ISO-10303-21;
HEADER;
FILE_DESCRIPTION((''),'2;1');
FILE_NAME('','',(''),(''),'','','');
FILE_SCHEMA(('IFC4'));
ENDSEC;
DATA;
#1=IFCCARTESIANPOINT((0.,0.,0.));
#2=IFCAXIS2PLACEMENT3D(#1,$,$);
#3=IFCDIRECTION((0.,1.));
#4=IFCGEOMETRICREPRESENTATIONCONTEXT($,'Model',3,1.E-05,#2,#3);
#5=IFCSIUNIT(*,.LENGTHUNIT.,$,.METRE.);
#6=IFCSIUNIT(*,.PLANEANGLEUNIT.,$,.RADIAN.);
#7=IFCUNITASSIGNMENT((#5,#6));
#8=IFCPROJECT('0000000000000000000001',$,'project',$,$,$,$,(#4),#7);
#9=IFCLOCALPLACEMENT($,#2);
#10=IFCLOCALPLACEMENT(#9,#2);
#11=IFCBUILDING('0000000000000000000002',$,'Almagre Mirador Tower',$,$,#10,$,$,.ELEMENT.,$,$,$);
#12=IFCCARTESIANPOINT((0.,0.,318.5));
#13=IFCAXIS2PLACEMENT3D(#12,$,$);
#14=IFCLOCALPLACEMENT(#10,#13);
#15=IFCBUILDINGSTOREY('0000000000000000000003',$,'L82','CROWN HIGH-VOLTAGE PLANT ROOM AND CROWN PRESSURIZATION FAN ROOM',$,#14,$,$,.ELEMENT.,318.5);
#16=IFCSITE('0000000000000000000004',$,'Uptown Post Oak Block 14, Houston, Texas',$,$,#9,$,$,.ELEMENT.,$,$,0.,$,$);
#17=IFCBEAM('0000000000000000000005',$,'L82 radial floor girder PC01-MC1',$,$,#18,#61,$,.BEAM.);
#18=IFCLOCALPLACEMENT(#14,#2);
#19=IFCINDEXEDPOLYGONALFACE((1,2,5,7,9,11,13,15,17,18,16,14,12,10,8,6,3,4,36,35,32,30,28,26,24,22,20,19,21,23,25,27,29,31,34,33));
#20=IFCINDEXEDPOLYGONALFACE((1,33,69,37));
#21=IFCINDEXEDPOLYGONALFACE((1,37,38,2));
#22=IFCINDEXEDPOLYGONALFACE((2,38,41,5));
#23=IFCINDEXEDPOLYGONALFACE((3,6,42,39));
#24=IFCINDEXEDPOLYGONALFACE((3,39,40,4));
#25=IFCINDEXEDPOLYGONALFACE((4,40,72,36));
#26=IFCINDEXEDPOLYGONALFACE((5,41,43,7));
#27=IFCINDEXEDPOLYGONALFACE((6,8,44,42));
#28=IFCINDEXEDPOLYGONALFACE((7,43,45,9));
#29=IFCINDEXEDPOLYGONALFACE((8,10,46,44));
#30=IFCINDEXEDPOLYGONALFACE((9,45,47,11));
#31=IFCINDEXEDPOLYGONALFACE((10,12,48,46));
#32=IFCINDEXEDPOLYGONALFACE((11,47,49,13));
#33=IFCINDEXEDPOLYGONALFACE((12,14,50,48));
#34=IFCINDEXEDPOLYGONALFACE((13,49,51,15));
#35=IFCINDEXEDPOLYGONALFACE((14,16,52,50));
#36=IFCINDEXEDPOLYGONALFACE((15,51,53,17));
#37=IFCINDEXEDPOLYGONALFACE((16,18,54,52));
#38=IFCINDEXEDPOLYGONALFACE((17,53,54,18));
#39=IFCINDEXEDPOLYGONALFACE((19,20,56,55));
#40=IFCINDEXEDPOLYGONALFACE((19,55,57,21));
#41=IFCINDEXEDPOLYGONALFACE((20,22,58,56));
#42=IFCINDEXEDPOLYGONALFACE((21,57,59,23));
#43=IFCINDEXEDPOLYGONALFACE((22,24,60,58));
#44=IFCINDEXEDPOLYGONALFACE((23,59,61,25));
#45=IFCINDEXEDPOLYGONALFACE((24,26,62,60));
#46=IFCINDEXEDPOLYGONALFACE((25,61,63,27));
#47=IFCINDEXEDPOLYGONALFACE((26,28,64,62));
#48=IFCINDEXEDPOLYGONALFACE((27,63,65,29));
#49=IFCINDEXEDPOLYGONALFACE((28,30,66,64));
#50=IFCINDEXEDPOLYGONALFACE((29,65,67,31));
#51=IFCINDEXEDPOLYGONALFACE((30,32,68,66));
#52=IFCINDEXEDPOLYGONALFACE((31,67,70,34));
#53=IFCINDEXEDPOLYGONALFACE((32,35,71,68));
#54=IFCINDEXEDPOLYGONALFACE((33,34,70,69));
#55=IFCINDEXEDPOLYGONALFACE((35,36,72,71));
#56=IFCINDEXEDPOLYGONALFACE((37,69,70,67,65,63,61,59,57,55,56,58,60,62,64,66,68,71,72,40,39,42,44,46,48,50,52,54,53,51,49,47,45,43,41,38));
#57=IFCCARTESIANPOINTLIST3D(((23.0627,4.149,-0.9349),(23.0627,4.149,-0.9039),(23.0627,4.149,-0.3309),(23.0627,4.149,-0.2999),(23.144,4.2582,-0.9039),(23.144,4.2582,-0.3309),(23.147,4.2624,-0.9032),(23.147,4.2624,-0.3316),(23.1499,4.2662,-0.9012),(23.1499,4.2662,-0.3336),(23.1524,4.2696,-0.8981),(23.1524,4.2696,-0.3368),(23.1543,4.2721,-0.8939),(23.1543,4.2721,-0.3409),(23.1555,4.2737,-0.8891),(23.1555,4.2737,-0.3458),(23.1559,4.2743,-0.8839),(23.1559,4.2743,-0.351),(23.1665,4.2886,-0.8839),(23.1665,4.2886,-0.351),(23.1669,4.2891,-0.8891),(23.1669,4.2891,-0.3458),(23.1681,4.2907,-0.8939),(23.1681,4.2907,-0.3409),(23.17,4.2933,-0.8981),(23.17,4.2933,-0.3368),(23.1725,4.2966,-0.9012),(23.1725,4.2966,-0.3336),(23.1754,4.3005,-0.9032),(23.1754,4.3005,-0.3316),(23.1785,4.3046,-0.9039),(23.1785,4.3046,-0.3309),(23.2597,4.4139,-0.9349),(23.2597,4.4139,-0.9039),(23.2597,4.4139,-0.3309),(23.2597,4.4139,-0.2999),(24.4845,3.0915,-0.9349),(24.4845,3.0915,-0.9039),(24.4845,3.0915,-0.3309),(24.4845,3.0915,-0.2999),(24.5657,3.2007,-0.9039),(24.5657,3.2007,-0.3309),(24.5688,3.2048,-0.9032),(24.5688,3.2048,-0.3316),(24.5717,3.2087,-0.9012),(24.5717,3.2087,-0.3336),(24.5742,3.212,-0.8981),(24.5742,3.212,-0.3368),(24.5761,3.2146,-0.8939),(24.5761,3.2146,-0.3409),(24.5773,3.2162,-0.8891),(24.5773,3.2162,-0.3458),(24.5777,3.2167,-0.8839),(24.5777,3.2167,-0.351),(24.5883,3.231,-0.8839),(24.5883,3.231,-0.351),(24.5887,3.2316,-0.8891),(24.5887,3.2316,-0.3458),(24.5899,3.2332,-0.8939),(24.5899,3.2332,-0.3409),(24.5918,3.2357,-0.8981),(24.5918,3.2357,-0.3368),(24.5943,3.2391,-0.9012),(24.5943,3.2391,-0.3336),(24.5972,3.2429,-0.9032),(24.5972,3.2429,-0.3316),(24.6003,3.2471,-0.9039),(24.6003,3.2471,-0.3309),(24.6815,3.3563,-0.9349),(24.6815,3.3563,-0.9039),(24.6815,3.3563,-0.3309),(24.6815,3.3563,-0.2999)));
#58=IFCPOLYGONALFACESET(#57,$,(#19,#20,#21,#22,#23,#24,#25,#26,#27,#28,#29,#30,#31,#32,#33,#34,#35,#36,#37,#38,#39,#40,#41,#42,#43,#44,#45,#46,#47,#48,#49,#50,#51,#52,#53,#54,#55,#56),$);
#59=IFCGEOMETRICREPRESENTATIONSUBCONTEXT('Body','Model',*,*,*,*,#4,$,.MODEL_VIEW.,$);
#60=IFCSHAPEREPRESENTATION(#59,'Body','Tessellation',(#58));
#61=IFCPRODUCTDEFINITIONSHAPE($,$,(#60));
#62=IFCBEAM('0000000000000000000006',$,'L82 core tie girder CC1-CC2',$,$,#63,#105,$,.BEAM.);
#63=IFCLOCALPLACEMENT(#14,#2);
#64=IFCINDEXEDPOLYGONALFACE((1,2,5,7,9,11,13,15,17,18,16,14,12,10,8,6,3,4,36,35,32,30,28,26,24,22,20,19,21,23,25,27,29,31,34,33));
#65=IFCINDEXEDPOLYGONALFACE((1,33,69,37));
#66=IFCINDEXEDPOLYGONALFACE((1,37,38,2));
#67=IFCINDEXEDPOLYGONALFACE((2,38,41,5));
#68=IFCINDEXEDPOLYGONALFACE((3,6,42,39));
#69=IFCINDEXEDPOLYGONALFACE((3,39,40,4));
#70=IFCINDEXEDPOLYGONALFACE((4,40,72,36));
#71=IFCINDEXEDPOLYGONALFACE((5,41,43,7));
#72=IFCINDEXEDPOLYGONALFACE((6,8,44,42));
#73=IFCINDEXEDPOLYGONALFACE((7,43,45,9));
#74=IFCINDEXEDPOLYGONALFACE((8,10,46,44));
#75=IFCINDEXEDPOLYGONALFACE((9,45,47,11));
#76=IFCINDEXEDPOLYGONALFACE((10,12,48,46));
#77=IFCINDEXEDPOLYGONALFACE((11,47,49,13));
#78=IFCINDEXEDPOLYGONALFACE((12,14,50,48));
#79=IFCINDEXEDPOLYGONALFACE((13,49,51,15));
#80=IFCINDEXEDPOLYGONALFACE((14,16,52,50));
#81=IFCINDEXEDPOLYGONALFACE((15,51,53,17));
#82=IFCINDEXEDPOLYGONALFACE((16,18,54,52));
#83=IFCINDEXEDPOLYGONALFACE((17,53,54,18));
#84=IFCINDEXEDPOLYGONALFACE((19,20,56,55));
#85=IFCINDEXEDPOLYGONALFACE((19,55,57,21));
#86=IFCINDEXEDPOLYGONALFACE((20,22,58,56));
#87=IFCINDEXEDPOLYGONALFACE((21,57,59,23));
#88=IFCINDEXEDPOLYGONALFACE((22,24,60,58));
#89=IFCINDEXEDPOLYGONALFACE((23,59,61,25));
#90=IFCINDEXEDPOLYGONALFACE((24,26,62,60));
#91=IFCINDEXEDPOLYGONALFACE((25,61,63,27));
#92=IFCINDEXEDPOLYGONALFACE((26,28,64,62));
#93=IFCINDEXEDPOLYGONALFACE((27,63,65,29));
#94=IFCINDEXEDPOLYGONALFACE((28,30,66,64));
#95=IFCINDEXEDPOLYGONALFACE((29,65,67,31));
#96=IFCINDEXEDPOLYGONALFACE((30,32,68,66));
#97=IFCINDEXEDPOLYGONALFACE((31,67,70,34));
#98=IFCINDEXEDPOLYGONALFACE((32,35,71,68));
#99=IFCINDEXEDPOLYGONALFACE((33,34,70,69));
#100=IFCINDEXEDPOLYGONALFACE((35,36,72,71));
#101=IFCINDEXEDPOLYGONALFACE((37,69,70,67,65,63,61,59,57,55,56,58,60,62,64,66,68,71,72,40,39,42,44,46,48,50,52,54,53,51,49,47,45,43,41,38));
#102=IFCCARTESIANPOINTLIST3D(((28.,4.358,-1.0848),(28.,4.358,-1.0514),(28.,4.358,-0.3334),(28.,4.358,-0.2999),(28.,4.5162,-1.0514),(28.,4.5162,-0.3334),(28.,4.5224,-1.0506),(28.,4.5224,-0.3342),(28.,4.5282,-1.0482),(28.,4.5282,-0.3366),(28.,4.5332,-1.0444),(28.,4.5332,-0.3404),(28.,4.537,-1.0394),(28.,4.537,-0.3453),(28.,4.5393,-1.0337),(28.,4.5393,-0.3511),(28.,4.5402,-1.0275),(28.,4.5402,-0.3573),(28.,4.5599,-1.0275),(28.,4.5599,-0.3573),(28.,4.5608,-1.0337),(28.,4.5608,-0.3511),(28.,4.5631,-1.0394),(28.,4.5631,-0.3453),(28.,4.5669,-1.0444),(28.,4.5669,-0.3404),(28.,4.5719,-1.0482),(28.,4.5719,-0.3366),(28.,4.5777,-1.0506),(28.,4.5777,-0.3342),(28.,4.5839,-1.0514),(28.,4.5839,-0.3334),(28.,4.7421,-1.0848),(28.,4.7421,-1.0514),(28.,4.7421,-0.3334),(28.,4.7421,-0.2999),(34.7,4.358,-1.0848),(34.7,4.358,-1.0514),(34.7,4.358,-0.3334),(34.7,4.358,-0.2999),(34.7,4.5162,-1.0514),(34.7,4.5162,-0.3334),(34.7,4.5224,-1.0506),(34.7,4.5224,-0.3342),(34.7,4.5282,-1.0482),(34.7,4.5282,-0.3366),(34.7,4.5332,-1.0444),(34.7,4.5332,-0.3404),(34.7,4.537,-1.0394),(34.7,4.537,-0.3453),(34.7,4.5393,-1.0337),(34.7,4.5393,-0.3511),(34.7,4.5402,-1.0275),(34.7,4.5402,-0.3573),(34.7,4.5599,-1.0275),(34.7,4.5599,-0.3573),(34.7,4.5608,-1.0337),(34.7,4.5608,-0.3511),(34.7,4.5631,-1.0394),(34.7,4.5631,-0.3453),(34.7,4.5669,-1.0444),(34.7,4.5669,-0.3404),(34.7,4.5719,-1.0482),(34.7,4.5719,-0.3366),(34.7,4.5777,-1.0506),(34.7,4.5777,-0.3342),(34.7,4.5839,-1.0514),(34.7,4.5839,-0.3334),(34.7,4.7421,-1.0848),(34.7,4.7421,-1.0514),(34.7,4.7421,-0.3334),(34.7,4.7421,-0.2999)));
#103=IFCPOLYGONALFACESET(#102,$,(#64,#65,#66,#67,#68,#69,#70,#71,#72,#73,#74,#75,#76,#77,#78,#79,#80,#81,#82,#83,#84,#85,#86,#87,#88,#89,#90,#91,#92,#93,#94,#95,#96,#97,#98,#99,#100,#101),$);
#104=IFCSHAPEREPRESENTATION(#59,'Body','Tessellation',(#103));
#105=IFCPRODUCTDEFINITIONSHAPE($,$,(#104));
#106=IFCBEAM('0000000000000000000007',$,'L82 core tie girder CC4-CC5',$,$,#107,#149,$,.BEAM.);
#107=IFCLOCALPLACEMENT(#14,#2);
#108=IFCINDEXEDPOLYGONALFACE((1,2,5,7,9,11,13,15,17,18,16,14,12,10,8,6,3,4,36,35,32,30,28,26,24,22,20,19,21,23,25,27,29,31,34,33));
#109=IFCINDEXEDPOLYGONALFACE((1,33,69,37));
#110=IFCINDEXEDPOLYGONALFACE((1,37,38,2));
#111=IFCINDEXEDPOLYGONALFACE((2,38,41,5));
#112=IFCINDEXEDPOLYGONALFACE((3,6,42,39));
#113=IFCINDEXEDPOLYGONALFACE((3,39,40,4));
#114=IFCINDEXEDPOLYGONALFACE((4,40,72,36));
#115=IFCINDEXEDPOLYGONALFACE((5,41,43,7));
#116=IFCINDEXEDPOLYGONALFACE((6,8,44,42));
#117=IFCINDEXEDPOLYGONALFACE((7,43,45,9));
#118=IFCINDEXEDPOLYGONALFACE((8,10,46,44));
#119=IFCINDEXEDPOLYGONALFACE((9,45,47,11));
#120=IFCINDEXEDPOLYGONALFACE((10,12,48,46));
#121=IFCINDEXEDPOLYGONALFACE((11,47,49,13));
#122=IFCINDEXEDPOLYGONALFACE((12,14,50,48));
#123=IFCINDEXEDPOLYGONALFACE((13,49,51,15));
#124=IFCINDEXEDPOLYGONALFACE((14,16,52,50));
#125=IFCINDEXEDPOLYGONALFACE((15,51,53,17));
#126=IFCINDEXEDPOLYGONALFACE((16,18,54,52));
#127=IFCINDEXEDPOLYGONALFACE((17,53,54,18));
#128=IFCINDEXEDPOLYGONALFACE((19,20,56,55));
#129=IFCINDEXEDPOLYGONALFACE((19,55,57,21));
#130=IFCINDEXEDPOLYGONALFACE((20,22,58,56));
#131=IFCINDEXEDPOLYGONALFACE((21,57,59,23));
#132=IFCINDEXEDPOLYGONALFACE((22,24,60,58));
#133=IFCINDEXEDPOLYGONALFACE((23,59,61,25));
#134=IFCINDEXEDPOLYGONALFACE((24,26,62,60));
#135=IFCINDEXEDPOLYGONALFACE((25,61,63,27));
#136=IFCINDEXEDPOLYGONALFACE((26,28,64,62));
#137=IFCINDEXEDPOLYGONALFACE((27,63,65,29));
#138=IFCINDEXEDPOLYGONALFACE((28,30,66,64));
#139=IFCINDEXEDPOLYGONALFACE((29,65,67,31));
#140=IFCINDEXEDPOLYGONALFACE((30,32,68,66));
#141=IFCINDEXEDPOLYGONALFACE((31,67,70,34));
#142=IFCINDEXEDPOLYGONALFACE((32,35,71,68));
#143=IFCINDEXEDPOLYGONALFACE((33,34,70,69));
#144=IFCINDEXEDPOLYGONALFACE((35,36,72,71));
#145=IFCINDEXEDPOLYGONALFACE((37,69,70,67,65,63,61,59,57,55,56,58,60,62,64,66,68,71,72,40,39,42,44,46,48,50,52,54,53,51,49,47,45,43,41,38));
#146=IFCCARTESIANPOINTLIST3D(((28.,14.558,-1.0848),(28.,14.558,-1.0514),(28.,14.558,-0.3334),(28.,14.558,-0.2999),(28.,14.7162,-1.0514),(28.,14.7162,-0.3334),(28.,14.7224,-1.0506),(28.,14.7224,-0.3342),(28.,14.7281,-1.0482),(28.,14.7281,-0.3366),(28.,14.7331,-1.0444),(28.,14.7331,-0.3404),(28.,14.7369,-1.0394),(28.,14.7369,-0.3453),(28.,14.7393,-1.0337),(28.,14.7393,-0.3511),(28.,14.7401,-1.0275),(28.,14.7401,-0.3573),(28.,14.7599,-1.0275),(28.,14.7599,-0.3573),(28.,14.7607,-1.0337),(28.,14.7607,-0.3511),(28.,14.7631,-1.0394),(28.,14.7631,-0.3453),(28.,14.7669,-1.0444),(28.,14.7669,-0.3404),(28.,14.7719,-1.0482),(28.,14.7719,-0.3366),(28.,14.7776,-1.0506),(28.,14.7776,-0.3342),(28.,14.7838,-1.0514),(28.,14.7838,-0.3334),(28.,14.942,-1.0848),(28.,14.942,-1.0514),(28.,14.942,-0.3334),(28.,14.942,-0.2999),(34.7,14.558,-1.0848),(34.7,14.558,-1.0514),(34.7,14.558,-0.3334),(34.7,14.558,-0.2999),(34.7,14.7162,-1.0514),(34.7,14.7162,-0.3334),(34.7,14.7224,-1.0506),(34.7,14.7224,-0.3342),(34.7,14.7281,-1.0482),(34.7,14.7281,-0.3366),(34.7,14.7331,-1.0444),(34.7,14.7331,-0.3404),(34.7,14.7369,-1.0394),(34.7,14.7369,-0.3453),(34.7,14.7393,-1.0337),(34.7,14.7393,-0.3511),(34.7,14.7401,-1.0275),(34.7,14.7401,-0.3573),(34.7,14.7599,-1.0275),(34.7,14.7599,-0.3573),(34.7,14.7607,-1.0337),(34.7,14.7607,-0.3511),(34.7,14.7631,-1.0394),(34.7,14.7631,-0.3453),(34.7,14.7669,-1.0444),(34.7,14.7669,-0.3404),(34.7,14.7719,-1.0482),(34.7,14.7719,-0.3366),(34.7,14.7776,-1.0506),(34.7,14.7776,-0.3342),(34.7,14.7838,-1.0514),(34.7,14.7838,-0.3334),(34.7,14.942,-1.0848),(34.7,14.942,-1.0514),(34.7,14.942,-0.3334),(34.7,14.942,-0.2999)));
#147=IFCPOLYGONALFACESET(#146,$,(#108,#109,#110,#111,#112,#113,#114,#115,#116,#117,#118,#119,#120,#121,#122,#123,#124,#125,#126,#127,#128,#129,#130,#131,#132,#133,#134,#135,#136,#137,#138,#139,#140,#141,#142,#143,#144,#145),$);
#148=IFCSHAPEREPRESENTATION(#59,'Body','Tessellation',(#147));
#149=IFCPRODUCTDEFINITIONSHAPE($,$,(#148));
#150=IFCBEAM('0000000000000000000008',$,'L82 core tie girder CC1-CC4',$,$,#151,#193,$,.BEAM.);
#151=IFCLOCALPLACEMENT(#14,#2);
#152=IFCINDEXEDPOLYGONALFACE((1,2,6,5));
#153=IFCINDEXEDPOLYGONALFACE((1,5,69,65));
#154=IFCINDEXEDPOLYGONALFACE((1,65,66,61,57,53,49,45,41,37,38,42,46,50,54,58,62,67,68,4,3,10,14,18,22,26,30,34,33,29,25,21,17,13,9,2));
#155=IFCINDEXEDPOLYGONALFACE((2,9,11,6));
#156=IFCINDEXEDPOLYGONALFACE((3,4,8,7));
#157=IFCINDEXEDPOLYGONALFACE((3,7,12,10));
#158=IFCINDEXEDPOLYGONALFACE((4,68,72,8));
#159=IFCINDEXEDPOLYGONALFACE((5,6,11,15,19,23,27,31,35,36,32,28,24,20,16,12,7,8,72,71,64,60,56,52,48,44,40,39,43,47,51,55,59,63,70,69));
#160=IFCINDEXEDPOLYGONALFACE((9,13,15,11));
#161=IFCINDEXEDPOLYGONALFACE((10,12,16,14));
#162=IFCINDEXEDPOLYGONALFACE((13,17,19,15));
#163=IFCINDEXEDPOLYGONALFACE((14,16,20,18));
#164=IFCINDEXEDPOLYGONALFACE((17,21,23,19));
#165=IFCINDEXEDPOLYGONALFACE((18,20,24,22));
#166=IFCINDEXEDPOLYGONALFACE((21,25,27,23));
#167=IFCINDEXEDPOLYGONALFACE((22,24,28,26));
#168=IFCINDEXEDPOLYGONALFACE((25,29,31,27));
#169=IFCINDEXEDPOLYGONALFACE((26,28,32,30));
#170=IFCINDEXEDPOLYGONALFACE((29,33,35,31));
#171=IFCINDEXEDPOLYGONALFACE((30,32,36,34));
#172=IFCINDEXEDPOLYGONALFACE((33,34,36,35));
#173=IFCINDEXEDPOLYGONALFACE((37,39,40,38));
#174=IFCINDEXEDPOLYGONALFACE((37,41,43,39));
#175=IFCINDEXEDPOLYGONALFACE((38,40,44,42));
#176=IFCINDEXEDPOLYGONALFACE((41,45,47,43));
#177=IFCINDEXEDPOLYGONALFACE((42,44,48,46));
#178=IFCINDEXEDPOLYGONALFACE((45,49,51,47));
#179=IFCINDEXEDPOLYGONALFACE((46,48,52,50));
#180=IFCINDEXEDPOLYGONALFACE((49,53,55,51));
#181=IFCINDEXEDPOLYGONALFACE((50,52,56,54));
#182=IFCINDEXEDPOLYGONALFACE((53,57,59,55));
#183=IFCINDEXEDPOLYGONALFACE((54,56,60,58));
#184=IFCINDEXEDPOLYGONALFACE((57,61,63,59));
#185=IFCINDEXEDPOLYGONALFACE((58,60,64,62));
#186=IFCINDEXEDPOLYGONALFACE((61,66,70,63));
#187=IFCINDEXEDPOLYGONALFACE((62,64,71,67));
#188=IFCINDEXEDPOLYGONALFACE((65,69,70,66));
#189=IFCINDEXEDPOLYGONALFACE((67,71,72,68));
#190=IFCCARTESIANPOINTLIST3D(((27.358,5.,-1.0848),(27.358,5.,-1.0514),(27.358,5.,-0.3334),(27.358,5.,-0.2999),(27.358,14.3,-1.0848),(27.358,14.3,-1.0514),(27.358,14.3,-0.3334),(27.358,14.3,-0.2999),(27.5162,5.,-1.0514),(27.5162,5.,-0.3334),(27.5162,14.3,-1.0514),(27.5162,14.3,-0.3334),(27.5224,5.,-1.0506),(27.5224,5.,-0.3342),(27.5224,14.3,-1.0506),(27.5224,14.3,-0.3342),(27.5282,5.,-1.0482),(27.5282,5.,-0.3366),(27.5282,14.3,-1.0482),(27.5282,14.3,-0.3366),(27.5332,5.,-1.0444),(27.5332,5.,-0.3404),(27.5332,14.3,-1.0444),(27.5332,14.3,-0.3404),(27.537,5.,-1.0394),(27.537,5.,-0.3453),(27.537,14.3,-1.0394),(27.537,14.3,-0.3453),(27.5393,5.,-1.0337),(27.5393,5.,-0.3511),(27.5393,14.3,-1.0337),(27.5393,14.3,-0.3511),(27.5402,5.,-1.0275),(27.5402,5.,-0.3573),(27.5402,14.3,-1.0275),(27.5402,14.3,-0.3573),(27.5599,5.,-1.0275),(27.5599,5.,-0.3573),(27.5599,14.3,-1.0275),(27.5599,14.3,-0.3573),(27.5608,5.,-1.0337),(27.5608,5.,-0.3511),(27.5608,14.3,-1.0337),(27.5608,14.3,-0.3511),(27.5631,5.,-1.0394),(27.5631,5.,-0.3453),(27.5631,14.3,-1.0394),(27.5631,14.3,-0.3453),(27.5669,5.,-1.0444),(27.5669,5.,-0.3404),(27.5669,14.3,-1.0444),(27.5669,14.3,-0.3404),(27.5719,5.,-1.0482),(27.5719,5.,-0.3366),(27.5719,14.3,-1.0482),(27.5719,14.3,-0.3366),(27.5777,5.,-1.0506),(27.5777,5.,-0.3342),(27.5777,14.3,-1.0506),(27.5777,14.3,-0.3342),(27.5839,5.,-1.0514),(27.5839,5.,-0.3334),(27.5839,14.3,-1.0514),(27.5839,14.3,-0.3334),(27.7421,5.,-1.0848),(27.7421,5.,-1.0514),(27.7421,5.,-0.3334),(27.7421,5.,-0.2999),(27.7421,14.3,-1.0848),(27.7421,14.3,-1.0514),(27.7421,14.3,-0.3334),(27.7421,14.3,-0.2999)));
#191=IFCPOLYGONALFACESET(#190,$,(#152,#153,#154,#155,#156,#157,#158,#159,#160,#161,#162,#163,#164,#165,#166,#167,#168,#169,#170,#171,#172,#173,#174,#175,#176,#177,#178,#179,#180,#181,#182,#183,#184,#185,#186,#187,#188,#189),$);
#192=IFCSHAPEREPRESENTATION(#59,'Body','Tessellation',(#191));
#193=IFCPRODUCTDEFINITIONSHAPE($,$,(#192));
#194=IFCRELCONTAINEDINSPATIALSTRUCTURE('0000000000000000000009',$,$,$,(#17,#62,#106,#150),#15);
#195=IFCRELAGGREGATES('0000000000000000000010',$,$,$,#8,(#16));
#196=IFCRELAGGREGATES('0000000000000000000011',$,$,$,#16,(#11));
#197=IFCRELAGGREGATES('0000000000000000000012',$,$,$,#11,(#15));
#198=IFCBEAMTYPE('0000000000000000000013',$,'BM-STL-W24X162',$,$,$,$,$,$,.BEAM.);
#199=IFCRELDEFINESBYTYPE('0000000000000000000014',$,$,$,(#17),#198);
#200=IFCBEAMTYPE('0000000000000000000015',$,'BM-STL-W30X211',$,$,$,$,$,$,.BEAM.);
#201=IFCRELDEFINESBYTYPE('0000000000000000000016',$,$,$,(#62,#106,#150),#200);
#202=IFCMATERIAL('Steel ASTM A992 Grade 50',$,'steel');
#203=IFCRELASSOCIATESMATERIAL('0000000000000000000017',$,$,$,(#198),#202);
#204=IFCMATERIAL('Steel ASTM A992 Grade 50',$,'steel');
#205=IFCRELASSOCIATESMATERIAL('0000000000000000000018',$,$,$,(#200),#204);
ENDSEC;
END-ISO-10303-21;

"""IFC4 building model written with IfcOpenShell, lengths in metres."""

from ifc_helpers import new_model, si_unit, direction, frame, origin, origin_2d, place, context, subcontext, project, spatial, i_section, extrude, material, material_profile, profile_set, type_object, element, save


model = new_model("IFC4")

# Units and contexts
model_context = context("Model", 3, precision=1e-05, world=origin(), true_north=direction((0.0, 1.0)))
body_context = subcontext(model_context, "Body", "Model", "MODEL_VIEW")
ifc_project = project(units=[si_unit("LENGTHUNIT", "METRE"), si_unit("PLANEANGLEUNIT", "RADIAN")], contexts=[model_context])

# Site, building, storey
site_placement = place(None, origin())
site = spatial("IfcSite", under=ifc_project, at=site_placement, Name="Uptown Post Oak Block 14, Houston, Texas", CompositionType="ELEMENT", RefElevation=0.0)
building_placement = place(site_placement, origin())
building = spatial("IfcBuilding", under=site, at=building_placement, Name="Almagre Mirador Tower", CompositionType="ELEMENT")
storey_placement = place(building_placement, frame((0.0, 0.0, 318.5)))
storey = spatial("IfcBuildingStorey", under=building, at=storey_placement, Name="L82", Description="CROWN HIGH-VOLTAGE PLANT ROOM AND CROWN PRESSURIZATION FAN ROOM", CompositionType="ELEMENT", Elevation=318.5)

# Beams
ifc_material_1 = material(Name="Steel ASTM A992 Grade 50", Category="steel")
ifc_material_profile_1 = material_profile(ifc_material_1, i_section(OverallWidth=0.3301, OverallDepth=0.635, WebThickness=0.0178, FlangeThickness=0.031, FilletRadius=0.02, at=origin_2d()), Name="W24X162")
ifc_profile_set_1 = profile_set([ifc_material_profile_1], Name="Steel ASTM A992 Grade 50")
beam_type_1 = type_object("IfcBeamType", Name="BM-STL-W24X162", PredefinedType="BEAM", material=ifc_profile_set_1)
beam_1_placement = place(storey_placement, frame((24.583, 3.2239, -0.6174), z_axis=(-0.802374, 0.596821, 0.0), x_axis=(-0.596821, -0.802374, 0.0)))
element("IfcBeam", 1, at=beam_1_placement, inside=storey, type_object=beam_type_1, Name="L82 radial floor girder PC01-MC1", PredefinedType="BEAM", context=body_context, shape_type="SweptSolid", body=[
    extrude(i_section(OverallWidth=0.3301, OverallDepth=0.635, WebThickness=0.0178, FlangeThickness=0.031, FilletRadius=0.02, at=origin_2d()), origin(), (0.0, 0.0, 1.0), 1.772),
])
ifc_material_2 = material(Name="Steel ASTM A992 Grade 50", Category="steel")
ifc_material_profile_2 = material_profile(ifc_material_2, i_section(OverallWidth=0.384, OverallDepth=0.7849, WebThickness=0.0198, FlangeThickness=0.0334, FilletRadius=0.0239, at=origin_2d()), Name="W30X211")
ifc_profile_set_2 = profile_set([ifc_material_profile_2], Name="Steel ASTM A992 Grade 50")
beam_type_2 = type_object("IfcBeamType", Name="BM-STL-W30X211", PredefinedType="BEAM", material=ifc_profile_set_2)
for number, where, z_axis, x_axis, name in (
    (2, (28.0, 4.55, -0.6924), (1.0, 0.0, 0.0), (0.0, 1.0, 0.0), "L82 core tie girder CC1-CC2"),
    (3, (28.0, 14.75, -0.6924), (1.0, 0.0, 0.0), (0.0, 1.0, 0.0), "L82 core tie girder CC4-CC5"),
):
    element("IfcBeam", number, at=place(storey_placement, frame(where, z_axis=z_axis, x_axis=x_axis)), inside=storey, type_object=beam_type_2, Name=name, PredefinedType="BEAM", context=body_context, shape_type="SweptSolid", body=[
        extrude(i_section(OverallWidth=0.384, OverallDepth=0.7849, WebThickness=0.0198, FlangeThickness=0.0334, FilletRadius=0.0239, at=origin_2d()), origin(), (0.0, 0.0, 1.0), 6.7),
    ])
beam_2_placement = place(storey_placement, frame((27.55, 5.0, -0.6924), z_axis=(0.0, 1.0, 0.0), x_axis=(-1.0, 0.0, 0.0)))
element("IfcBeam", 4, at=beam_2_placement, inside=storey, type_object=beam_type_2, Name="L82 core tie girder CC1-CC4", PredefinedType="BEAM", context=body_context, shape_type="SweptSolid", body=[
    extrude(i_section(OverallWidth=0.384, OverallDepth=0.7849, WebThickness=0.0198, FlangeThickness=0.0334, FilletRadius=0.0239, at=origin_2d()), origin(), (0.0, 0.0, 1.0), 9.3),
])

save(model, "model.ifc")
